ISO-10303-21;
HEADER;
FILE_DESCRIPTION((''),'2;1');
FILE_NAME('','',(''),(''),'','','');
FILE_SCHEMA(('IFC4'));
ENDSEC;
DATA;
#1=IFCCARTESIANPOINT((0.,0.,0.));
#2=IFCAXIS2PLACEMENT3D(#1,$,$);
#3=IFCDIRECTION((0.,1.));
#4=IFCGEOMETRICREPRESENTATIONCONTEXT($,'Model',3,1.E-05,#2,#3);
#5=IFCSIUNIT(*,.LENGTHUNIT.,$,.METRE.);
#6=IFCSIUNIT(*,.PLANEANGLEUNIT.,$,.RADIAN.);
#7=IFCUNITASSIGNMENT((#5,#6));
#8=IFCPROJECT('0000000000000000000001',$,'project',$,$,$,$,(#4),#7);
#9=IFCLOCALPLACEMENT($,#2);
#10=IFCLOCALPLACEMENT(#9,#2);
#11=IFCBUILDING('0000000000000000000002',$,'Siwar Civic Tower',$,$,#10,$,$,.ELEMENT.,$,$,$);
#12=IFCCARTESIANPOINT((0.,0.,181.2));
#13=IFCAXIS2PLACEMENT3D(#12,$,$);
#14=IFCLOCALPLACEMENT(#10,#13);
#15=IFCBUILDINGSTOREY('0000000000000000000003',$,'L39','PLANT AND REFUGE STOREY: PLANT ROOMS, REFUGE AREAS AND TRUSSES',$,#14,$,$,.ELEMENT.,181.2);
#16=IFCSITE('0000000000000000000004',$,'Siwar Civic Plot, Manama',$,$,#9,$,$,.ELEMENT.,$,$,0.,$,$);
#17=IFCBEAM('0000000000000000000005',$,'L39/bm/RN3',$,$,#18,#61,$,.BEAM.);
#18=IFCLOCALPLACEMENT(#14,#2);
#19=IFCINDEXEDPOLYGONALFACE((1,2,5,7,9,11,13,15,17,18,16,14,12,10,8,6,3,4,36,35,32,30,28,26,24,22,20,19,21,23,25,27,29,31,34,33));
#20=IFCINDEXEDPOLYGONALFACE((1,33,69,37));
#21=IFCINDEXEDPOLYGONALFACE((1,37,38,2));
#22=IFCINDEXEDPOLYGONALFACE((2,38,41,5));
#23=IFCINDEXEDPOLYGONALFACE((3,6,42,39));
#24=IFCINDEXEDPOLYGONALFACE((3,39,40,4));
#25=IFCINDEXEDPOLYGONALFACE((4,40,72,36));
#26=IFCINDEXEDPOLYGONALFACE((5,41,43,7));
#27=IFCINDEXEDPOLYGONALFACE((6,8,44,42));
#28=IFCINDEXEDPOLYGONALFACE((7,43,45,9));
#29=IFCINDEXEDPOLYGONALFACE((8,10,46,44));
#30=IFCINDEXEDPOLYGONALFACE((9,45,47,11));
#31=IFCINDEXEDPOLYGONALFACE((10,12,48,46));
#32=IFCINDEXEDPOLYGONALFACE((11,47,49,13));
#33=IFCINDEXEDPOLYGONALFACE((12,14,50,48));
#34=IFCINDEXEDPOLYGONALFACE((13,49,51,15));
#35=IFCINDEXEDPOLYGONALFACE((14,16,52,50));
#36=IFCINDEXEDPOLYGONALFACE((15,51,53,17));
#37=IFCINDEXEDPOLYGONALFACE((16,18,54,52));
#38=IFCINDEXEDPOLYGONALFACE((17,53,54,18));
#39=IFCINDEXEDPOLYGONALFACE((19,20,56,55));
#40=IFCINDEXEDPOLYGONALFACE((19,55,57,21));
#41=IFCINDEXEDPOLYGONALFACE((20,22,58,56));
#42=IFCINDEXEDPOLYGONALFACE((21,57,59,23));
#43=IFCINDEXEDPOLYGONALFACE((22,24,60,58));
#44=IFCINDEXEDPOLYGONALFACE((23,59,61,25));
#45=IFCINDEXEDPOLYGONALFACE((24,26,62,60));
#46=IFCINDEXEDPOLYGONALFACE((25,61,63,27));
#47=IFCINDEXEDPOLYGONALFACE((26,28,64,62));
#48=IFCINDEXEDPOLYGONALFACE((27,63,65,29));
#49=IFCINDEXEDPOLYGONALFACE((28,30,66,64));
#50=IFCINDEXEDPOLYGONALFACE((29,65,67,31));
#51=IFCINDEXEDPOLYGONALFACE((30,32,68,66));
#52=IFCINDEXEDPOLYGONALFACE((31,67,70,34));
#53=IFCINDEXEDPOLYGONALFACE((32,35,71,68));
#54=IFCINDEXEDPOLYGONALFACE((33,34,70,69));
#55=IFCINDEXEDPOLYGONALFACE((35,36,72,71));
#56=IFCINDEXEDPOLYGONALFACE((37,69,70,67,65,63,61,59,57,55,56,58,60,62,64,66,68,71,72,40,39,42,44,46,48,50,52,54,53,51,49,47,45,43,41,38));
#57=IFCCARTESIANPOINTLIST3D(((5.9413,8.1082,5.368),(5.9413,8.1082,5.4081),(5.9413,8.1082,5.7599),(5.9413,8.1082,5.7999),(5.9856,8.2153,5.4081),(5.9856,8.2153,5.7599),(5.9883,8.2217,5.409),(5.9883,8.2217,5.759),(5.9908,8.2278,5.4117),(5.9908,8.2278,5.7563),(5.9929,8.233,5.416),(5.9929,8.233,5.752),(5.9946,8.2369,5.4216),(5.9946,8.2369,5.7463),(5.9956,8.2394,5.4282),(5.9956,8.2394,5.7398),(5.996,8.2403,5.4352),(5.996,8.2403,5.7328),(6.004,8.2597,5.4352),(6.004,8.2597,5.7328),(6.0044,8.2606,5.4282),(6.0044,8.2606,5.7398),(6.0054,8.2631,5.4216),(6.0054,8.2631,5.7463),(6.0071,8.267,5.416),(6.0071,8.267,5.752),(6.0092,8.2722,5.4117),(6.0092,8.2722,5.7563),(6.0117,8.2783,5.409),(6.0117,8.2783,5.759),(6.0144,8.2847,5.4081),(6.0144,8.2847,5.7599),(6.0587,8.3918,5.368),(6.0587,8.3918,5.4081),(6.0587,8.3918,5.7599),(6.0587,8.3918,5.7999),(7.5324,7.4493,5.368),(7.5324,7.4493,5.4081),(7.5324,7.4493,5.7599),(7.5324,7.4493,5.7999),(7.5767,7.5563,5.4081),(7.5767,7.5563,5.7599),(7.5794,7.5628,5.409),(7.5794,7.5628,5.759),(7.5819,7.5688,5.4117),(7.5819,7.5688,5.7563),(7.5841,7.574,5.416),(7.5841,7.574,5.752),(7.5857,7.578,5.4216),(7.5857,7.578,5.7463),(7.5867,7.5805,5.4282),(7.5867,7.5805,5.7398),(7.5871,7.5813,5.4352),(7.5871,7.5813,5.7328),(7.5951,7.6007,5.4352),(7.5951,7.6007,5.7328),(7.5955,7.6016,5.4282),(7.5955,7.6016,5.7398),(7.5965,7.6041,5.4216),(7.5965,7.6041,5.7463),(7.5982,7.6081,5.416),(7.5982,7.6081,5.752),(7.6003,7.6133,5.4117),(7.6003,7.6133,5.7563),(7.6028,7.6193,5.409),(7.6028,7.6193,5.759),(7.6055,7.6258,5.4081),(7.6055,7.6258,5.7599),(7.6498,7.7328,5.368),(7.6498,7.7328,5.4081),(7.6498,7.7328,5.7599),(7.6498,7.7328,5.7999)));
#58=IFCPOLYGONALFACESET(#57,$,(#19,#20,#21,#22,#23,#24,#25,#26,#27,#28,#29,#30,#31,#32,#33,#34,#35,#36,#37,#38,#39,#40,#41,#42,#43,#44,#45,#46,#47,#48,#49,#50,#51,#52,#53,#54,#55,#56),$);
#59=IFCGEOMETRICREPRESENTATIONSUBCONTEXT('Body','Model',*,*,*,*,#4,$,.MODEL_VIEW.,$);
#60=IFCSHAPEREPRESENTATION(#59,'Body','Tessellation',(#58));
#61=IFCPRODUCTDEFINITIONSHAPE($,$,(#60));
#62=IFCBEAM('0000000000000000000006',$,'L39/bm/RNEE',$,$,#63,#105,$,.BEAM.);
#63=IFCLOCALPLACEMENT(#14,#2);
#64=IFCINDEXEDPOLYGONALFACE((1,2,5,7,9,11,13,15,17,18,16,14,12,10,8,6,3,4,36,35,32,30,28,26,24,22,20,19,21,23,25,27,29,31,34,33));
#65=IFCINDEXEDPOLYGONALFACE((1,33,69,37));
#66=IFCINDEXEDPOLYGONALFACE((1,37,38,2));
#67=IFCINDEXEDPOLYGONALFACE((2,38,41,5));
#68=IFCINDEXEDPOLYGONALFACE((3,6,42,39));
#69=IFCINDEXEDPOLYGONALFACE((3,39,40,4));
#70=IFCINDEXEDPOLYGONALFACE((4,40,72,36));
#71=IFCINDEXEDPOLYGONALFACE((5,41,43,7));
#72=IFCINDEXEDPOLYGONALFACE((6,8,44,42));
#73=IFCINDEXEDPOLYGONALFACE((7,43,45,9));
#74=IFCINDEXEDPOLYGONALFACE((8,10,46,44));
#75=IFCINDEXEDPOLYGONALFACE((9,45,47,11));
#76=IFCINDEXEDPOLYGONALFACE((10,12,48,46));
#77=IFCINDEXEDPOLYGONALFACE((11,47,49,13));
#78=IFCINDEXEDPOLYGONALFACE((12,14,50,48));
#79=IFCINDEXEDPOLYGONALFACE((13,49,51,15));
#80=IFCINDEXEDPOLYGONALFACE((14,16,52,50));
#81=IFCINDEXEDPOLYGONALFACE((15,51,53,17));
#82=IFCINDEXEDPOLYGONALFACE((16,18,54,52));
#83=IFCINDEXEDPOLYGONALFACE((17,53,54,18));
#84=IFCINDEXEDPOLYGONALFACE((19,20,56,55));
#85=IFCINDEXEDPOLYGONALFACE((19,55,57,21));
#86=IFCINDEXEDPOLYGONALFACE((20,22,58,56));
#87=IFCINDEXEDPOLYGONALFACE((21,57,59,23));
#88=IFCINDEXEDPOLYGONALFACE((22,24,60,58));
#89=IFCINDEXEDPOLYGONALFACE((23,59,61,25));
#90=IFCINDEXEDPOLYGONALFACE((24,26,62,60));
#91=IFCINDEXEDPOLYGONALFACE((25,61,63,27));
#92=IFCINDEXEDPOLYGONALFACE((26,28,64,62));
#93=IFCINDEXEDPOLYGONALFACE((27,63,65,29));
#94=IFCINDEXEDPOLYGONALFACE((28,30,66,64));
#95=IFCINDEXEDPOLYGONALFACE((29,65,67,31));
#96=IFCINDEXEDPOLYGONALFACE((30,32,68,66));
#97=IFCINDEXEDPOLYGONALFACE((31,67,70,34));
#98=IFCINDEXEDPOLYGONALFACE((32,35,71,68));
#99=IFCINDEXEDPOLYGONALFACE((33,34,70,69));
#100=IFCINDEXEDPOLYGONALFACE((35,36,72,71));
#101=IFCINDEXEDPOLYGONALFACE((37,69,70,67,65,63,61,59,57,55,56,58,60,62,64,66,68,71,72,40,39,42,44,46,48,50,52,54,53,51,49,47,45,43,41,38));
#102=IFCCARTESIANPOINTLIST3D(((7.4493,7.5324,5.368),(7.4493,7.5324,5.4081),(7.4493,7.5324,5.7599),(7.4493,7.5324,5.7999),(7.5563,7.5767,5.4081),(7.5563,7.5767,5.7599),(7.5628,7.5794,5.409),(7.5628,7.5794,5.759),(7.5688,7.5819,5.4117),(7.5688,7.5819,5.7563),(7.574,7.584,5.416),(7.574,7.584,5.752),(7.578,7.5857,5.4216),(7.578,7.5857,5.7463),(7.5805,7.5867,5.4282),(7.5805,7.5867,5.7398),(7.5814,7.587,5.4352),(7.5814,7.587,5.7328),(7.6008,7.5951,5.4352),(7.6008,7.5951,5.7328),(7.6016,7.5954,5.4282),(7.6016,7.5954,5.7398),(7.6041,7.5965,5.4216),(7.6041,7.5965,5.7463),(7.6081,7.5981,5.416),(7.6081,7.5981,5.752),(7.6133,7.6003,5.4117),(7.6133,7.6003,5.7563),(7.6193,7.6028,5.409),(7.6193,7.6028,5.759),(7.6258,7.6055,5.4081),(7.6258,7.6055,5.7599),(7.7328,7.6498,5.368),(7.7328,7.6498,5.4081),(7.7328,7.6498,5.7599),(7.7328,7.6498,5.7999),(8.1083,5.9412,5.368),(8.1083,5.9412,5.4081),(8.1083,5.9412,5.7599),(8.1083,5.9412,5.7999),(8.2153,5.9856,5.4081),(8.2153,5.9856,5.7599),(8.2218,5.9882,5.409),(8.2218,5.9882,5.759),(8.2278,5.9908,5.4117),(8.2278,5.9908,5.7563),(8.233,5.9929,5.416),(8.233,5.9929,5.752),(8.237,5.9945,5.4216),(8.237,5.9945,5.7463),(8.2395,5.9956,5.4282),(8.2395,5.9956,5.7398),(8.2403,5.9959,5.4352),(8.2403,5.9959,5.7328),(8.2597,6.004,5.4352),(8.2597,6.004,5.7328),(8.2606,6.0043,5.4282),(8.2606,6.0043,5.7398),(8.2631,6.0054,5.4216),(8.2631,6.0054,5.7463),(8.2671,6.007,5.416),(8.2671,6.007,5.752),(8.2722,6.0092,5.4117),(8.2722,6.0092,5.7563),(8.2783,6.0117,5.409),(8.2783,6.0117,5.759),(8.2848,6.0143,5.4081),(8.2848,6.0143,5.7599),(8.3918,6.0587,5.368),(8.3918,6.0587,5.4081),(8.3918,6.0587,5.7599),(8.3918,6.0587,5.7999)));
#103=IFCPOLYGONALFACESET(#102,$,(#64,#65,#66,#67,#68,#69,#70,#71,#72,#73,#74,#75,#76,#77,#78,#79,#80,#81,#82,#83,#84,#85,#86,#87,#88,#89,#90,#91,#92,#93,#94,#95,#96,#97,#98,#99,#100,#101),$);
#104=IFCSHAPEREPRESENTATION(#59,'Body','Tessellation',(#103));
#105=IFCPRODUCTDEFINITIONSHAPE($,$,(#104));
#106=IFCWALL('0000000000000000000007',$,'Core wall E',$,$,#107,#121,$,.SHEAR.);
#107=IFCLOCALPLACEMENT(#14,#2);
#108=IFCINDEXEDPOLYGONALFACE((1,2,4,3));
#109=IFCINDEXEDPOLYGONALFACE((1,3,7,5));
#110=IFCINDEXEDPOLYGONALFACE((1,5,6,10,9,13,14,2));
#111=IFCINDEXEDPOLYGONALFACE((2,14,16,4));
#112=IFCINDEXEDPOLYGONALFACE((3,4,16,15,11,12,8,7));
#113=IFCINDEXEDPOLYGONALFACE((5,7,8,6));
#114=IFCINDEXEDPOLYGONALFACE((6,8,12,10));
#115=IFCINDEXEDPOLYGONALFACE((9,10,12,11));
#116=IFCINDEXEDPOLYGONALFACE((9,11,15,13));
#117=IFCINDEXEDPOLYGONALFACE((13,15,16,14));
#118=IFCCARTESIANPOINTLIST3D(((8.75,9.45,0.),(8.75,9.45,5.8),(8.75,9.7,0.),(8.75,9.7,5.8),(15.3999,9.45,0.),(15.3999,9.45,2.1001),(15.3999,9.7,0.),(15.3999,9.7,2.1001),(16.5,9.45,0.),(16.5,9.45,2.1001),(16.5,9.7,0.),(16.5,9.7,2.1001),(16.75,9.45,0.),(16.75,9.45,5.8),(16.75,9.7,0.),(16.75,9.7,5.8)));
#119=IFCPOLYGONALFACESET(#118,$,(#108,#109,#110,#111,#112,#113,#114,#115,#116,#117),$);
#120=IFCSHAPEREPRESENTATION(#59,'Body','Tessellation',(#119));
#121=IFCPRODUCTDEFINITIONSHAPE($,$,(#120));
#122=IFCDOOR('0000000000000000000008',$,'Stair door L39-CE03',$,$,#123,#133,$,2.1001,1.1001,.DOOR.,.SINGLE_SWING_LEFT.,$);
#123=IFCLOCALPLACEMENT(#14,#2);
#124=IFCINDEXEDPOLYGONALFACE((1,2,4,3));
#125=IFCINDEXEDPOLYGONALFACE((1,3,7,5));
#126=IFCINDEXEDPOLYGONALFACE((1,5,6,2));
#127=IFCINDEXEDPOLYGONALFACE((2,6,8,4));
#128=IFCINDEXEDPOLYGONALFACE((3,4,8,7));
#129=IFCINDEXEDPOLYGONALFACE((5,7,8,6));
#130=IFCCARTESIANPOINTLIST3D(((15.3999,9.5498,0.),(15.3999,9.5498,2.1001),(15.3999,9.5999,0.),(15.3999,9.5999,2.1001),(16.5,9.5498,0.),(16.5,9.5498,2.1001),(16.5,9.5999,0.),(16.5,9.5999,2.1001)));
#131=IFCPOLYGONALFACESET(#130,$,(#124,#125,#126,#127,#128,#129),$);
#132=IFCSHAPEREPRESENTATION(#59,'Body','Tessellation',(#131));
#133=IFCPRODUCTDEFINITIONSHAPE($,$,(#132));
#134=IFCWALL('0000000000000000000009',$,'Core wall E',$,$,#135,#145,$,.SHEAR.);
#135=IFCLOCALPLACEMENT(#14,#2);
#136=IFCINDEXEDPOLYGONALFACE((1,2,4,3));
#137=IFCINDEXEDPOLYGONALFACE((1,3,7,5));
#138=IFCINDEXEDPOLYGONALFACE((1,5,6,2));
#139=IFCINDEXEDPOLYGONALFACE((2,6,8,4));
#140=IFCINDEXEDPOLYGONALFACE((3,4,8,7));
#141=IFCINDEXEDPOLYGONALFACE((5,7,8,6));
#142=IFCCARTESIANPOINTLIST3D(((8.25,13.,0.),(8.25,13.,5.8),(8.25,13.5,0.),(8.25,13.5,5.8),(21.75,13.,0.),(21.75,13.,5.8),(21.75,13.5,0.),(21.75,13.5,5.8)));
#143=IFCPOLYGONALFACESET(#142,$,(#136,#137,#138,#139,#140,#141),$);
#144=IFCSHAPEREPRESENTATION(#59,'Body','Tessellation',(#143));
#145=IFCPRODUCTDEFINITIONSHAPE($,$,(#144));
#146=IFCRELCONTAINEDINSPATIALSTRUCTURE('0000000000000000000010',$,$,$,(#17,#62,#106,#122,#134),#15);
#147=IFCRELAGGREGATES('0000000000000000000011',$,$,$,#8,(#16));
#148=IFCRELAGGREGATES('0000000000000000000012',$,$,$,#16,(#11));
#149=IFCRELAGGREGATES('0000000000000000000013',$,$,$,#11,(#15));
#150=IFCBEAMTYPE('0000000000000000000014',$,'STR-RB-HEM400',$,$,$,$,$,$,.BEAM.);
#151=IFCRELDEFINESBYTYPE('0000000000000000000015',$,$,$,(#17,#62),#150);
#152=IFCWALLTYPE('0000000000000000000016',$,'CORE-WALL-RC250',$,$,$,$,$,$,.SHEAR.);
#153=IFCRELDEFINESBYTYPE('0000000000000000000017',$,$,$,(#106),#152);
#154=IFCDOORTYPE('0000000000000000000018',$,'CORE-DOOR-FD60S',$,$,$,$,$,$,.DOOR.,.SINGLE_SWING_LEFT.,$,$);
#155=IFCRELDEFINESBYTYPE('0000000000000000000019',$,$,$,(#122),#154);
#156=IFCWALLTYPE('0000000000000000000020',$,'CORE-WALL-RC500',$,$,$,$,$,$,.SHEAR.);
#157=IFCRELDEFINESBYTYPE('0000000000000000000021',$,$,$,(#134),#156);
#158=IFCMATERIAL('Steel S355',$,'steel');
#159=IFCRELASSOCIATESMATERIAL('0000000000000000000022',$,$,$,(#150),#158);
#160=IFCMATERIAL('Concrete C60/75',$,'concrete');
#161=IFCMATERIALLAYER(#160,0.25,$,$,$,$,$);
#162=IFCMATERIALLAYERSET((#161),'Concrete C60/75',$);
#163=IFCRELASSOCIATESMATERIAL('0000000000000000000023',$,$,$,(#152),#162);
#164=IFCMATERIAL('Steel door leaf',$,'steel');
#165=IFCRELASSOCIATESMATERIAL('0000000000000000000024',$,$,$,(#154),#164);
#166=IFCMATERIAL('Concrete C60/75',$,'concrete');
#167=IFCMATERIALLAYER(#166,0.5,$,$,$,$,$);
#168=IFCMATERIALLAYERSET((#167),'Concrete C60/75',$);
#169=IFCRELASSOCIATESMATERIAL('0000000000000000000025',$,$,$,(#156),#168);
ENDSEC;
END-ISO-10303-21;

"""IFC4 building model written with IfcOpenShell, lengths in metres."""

from ifc_helpers import new_model, si_unit, direction, frame, frame_2d, origin, origin_2d, place, context, subcontext, project, spatial, rectangle, i_section, extrude, material, layer, layer_set, material_profile, profile_set, type_object, element, fill, save


model = new_model("IFC4")

# Units and contexts
model_context = context("Model", 3, precision=1e-05, world=origin(), true_north=direction((0.0, 1.0)))
body_context = subcontext(model_context, "Body", "Model", "MODEL_VIEW")
ifc_project = project(units=[si_unit("LENGTHUNIT", "METRE"), si_unit("PLANEANGLEUNIT", "RADIAN")], contexts=[model_context])

# Site, building, storey
site_placement = place(None, origin())
site = spatial("IfcSite", under=ifc_project, at=site_placement, Name="Siwar Civic Plot, Manama", CompositionType="ELEMENT", RefElevation=0.0)
building_placement = place(site_placement, origin())
building = spatial("IfcBuilding", under=site, at=building_placement, Name="Siwar Civic Tower", CompositionType="ELEMENT")
storey_placement = place(building_placement, frame((0.0, 0.0, 181.2)))
storey = spatial("IfcBuildingStorey", under=building, at=storey_placement, Name="L39", Description="PLANT AND REFUGE STOREY: PLANT ROOMS, REFUGE AREAS AND TRUSSES", CompositionType="ELEMENT", Elevation=181.2)

# Beams
ifc_material_1 = material(Name="Steel S355", Category="steel")
ifc_material_profile_1 = material_profile(ifc_material_1, i_section(OverallWidth=0.3069, OverallDepth=0.4319, WebThickness=0.021, FlangeThickness=0.04, FilletRadius=0.0271, at=origin_2d()), Name="HEM400")
ifc_profile_set_1 = profile_set([ifc_material_profile_1], Name="Steel S355")
beam_type_1 = type_object("IfcBeamType", Name="STR-RB-HEM400", PredefinedType="BEAM", material=ifc_profile_set_1)
for number, where, z_axis, x_axis, name in (
    (1, (6.0, 8.25, 5.584), (0.923901, -0.382631, 0.0), (0.382631, 0.923901, 0.0), "L39/bm/RN3"),
    (2, (7.5911, 7.5911, 5.584), (0.382631, -0.923901, 0.0), (0.923901, 0.382631, 0.0), "L39/bm/RNEE"),
):
    element("IfcBeam", number, at=place(storey_placement, frame(where, z_axis=z_axis, x_axis=x_axis)), inside=storey, type_object=beam_type_1, Name=name, PredefinedType="BEAM", context=body_context, shape_type="SweptSolid", body=[
        extrude(i_section(OverallWidth=0.3069, OverallDepth=0.4319, WebThickness=0.021, FlangeThickness=0.04, FilletRadius=0.0271, at=origin_2d()), origin(), (0.0, 0.0, 1.0), 1.7222),
    ])

# Wall, opening, door
ifc_material_2 = material(Name="Concrete C60/75", Category="concrete")
ifc_layer_1 = layer(ifc_material_2, 0.25)
ifc_layer_set_1 = layer_set([ifc_layer_1], Name="Concrete C60/75")
wall_type_1 = type_object("IfcWallType", Name="CORE-WALL-RC250", PredefinedType="SHEAR", material=ifc_layer_set_1)
wall_1_placement = place(storey_placement, frame((8.75, 9.575, 0.0), z_axis=(0.0, 0.0, 1.0), x_axis=(1.0, 0.0, 0.0)))
wall_1 = element("IfcWall", 3, at=wall_1_placement, inside=storey, type_object=wall_type_1, Name="Core wall E", PredefinedType="SHEAR", context=body_context, shape_type="SweptSolid", body=[
    extrude(rectangle(XDim=8.0, YDim=0.25, at=frame_2d((4.0, 0.0))), origin(), (0.0, 0.0, 1.0), 5.8),
])
opening_1_placement = place(wall_1_placement, frame((6.6499, 0.0, 0.0)))
opening_1 = element("IfcOpeningElement", 4, at=opening_1_placement, cuts=wall_1, PredefinedType="OPENING", context=body_context, shape_type="SweptSolid", body=[
    extrude(rectangle(XDim=1.1001, YDim=2.1001, at=frame_2d((0.55, 1.05))), frame((0.0, 0.135, 0.0), z_axis=(0.0, -1.0, 0.0), x_axis=(1.0, 0.0, 0.0)), (0.0, 0.0, 1.0), 0.27),
])
ifc_material_3 = material(Name="Steel door leaf", Category="steel")
door_type_1 = type_object("IfcDoorType", Name="CORE-DOOR-FD60S", OperationType="SINGLE_SWING_LEFT", PredefinedType="DOOR", material=ifc_material_3)
door_1_placement = place(opening_1_placement, origin())
door_1 = element("IfcDoor", 5, at=door_1_placement, inside=storey, type_object=door_type_1, Name="Stair door L39-CE03", OperationType="SINGLE_SWING_LEFT", OverallHeight=2.1001, OverallWidth=1.1001, PredefinedType="DOOR", context=body_context, shape_type="SweptSolid", body=[
    extrude(rectangle(XDim=1.1001, YDim=2.1001, at=frame_2d((0.55, 1.05))), frame((0.0, 0.0249, 0.0), z_axis=(0.0, -1.0, 0.0), x_axis=(1.0, 0.0, 0.0)), (0.0, 0.0, 1.0), 0.05),
])
fill(opening_1, door_1)

# Wall
ifc_material_4 = material(Name="Concrete C60/75", Category="concrete")
ifc_layer_2 = layer(ifc_material_4, 0.5)
ifc_layer_set_2 = layer_set([ifc_layer_2], Name="Concrete C60/75")
wall_type_2 = type_object("IfcWallType", Name="CORE-WALL-RC500", PredefinedType="SHEAR", material=ifc_layer_set_2)
wall_2_placement = place(storey_placement, frame((8.25, 13.25, 0.0), z_axis=(0.0, 0.0, 1.0), x_axis=(1.0, 0.0, 0.0)))
element("IfcWall", 6, at=wall_2_placement, inside=storey, type_object=wall_type_2, Name="Core wall E", PredefinedType="SHEAR", context=body_context, shape_type="SweptSolid", body=[
    extrude(rectangle(XDim=13.5, YDim=0.5, at=frame_2d((6.75, 0.0))), origin(), (0.0, 0.0, 1.0), 5.8),
])

save(model, "model.ifc")
